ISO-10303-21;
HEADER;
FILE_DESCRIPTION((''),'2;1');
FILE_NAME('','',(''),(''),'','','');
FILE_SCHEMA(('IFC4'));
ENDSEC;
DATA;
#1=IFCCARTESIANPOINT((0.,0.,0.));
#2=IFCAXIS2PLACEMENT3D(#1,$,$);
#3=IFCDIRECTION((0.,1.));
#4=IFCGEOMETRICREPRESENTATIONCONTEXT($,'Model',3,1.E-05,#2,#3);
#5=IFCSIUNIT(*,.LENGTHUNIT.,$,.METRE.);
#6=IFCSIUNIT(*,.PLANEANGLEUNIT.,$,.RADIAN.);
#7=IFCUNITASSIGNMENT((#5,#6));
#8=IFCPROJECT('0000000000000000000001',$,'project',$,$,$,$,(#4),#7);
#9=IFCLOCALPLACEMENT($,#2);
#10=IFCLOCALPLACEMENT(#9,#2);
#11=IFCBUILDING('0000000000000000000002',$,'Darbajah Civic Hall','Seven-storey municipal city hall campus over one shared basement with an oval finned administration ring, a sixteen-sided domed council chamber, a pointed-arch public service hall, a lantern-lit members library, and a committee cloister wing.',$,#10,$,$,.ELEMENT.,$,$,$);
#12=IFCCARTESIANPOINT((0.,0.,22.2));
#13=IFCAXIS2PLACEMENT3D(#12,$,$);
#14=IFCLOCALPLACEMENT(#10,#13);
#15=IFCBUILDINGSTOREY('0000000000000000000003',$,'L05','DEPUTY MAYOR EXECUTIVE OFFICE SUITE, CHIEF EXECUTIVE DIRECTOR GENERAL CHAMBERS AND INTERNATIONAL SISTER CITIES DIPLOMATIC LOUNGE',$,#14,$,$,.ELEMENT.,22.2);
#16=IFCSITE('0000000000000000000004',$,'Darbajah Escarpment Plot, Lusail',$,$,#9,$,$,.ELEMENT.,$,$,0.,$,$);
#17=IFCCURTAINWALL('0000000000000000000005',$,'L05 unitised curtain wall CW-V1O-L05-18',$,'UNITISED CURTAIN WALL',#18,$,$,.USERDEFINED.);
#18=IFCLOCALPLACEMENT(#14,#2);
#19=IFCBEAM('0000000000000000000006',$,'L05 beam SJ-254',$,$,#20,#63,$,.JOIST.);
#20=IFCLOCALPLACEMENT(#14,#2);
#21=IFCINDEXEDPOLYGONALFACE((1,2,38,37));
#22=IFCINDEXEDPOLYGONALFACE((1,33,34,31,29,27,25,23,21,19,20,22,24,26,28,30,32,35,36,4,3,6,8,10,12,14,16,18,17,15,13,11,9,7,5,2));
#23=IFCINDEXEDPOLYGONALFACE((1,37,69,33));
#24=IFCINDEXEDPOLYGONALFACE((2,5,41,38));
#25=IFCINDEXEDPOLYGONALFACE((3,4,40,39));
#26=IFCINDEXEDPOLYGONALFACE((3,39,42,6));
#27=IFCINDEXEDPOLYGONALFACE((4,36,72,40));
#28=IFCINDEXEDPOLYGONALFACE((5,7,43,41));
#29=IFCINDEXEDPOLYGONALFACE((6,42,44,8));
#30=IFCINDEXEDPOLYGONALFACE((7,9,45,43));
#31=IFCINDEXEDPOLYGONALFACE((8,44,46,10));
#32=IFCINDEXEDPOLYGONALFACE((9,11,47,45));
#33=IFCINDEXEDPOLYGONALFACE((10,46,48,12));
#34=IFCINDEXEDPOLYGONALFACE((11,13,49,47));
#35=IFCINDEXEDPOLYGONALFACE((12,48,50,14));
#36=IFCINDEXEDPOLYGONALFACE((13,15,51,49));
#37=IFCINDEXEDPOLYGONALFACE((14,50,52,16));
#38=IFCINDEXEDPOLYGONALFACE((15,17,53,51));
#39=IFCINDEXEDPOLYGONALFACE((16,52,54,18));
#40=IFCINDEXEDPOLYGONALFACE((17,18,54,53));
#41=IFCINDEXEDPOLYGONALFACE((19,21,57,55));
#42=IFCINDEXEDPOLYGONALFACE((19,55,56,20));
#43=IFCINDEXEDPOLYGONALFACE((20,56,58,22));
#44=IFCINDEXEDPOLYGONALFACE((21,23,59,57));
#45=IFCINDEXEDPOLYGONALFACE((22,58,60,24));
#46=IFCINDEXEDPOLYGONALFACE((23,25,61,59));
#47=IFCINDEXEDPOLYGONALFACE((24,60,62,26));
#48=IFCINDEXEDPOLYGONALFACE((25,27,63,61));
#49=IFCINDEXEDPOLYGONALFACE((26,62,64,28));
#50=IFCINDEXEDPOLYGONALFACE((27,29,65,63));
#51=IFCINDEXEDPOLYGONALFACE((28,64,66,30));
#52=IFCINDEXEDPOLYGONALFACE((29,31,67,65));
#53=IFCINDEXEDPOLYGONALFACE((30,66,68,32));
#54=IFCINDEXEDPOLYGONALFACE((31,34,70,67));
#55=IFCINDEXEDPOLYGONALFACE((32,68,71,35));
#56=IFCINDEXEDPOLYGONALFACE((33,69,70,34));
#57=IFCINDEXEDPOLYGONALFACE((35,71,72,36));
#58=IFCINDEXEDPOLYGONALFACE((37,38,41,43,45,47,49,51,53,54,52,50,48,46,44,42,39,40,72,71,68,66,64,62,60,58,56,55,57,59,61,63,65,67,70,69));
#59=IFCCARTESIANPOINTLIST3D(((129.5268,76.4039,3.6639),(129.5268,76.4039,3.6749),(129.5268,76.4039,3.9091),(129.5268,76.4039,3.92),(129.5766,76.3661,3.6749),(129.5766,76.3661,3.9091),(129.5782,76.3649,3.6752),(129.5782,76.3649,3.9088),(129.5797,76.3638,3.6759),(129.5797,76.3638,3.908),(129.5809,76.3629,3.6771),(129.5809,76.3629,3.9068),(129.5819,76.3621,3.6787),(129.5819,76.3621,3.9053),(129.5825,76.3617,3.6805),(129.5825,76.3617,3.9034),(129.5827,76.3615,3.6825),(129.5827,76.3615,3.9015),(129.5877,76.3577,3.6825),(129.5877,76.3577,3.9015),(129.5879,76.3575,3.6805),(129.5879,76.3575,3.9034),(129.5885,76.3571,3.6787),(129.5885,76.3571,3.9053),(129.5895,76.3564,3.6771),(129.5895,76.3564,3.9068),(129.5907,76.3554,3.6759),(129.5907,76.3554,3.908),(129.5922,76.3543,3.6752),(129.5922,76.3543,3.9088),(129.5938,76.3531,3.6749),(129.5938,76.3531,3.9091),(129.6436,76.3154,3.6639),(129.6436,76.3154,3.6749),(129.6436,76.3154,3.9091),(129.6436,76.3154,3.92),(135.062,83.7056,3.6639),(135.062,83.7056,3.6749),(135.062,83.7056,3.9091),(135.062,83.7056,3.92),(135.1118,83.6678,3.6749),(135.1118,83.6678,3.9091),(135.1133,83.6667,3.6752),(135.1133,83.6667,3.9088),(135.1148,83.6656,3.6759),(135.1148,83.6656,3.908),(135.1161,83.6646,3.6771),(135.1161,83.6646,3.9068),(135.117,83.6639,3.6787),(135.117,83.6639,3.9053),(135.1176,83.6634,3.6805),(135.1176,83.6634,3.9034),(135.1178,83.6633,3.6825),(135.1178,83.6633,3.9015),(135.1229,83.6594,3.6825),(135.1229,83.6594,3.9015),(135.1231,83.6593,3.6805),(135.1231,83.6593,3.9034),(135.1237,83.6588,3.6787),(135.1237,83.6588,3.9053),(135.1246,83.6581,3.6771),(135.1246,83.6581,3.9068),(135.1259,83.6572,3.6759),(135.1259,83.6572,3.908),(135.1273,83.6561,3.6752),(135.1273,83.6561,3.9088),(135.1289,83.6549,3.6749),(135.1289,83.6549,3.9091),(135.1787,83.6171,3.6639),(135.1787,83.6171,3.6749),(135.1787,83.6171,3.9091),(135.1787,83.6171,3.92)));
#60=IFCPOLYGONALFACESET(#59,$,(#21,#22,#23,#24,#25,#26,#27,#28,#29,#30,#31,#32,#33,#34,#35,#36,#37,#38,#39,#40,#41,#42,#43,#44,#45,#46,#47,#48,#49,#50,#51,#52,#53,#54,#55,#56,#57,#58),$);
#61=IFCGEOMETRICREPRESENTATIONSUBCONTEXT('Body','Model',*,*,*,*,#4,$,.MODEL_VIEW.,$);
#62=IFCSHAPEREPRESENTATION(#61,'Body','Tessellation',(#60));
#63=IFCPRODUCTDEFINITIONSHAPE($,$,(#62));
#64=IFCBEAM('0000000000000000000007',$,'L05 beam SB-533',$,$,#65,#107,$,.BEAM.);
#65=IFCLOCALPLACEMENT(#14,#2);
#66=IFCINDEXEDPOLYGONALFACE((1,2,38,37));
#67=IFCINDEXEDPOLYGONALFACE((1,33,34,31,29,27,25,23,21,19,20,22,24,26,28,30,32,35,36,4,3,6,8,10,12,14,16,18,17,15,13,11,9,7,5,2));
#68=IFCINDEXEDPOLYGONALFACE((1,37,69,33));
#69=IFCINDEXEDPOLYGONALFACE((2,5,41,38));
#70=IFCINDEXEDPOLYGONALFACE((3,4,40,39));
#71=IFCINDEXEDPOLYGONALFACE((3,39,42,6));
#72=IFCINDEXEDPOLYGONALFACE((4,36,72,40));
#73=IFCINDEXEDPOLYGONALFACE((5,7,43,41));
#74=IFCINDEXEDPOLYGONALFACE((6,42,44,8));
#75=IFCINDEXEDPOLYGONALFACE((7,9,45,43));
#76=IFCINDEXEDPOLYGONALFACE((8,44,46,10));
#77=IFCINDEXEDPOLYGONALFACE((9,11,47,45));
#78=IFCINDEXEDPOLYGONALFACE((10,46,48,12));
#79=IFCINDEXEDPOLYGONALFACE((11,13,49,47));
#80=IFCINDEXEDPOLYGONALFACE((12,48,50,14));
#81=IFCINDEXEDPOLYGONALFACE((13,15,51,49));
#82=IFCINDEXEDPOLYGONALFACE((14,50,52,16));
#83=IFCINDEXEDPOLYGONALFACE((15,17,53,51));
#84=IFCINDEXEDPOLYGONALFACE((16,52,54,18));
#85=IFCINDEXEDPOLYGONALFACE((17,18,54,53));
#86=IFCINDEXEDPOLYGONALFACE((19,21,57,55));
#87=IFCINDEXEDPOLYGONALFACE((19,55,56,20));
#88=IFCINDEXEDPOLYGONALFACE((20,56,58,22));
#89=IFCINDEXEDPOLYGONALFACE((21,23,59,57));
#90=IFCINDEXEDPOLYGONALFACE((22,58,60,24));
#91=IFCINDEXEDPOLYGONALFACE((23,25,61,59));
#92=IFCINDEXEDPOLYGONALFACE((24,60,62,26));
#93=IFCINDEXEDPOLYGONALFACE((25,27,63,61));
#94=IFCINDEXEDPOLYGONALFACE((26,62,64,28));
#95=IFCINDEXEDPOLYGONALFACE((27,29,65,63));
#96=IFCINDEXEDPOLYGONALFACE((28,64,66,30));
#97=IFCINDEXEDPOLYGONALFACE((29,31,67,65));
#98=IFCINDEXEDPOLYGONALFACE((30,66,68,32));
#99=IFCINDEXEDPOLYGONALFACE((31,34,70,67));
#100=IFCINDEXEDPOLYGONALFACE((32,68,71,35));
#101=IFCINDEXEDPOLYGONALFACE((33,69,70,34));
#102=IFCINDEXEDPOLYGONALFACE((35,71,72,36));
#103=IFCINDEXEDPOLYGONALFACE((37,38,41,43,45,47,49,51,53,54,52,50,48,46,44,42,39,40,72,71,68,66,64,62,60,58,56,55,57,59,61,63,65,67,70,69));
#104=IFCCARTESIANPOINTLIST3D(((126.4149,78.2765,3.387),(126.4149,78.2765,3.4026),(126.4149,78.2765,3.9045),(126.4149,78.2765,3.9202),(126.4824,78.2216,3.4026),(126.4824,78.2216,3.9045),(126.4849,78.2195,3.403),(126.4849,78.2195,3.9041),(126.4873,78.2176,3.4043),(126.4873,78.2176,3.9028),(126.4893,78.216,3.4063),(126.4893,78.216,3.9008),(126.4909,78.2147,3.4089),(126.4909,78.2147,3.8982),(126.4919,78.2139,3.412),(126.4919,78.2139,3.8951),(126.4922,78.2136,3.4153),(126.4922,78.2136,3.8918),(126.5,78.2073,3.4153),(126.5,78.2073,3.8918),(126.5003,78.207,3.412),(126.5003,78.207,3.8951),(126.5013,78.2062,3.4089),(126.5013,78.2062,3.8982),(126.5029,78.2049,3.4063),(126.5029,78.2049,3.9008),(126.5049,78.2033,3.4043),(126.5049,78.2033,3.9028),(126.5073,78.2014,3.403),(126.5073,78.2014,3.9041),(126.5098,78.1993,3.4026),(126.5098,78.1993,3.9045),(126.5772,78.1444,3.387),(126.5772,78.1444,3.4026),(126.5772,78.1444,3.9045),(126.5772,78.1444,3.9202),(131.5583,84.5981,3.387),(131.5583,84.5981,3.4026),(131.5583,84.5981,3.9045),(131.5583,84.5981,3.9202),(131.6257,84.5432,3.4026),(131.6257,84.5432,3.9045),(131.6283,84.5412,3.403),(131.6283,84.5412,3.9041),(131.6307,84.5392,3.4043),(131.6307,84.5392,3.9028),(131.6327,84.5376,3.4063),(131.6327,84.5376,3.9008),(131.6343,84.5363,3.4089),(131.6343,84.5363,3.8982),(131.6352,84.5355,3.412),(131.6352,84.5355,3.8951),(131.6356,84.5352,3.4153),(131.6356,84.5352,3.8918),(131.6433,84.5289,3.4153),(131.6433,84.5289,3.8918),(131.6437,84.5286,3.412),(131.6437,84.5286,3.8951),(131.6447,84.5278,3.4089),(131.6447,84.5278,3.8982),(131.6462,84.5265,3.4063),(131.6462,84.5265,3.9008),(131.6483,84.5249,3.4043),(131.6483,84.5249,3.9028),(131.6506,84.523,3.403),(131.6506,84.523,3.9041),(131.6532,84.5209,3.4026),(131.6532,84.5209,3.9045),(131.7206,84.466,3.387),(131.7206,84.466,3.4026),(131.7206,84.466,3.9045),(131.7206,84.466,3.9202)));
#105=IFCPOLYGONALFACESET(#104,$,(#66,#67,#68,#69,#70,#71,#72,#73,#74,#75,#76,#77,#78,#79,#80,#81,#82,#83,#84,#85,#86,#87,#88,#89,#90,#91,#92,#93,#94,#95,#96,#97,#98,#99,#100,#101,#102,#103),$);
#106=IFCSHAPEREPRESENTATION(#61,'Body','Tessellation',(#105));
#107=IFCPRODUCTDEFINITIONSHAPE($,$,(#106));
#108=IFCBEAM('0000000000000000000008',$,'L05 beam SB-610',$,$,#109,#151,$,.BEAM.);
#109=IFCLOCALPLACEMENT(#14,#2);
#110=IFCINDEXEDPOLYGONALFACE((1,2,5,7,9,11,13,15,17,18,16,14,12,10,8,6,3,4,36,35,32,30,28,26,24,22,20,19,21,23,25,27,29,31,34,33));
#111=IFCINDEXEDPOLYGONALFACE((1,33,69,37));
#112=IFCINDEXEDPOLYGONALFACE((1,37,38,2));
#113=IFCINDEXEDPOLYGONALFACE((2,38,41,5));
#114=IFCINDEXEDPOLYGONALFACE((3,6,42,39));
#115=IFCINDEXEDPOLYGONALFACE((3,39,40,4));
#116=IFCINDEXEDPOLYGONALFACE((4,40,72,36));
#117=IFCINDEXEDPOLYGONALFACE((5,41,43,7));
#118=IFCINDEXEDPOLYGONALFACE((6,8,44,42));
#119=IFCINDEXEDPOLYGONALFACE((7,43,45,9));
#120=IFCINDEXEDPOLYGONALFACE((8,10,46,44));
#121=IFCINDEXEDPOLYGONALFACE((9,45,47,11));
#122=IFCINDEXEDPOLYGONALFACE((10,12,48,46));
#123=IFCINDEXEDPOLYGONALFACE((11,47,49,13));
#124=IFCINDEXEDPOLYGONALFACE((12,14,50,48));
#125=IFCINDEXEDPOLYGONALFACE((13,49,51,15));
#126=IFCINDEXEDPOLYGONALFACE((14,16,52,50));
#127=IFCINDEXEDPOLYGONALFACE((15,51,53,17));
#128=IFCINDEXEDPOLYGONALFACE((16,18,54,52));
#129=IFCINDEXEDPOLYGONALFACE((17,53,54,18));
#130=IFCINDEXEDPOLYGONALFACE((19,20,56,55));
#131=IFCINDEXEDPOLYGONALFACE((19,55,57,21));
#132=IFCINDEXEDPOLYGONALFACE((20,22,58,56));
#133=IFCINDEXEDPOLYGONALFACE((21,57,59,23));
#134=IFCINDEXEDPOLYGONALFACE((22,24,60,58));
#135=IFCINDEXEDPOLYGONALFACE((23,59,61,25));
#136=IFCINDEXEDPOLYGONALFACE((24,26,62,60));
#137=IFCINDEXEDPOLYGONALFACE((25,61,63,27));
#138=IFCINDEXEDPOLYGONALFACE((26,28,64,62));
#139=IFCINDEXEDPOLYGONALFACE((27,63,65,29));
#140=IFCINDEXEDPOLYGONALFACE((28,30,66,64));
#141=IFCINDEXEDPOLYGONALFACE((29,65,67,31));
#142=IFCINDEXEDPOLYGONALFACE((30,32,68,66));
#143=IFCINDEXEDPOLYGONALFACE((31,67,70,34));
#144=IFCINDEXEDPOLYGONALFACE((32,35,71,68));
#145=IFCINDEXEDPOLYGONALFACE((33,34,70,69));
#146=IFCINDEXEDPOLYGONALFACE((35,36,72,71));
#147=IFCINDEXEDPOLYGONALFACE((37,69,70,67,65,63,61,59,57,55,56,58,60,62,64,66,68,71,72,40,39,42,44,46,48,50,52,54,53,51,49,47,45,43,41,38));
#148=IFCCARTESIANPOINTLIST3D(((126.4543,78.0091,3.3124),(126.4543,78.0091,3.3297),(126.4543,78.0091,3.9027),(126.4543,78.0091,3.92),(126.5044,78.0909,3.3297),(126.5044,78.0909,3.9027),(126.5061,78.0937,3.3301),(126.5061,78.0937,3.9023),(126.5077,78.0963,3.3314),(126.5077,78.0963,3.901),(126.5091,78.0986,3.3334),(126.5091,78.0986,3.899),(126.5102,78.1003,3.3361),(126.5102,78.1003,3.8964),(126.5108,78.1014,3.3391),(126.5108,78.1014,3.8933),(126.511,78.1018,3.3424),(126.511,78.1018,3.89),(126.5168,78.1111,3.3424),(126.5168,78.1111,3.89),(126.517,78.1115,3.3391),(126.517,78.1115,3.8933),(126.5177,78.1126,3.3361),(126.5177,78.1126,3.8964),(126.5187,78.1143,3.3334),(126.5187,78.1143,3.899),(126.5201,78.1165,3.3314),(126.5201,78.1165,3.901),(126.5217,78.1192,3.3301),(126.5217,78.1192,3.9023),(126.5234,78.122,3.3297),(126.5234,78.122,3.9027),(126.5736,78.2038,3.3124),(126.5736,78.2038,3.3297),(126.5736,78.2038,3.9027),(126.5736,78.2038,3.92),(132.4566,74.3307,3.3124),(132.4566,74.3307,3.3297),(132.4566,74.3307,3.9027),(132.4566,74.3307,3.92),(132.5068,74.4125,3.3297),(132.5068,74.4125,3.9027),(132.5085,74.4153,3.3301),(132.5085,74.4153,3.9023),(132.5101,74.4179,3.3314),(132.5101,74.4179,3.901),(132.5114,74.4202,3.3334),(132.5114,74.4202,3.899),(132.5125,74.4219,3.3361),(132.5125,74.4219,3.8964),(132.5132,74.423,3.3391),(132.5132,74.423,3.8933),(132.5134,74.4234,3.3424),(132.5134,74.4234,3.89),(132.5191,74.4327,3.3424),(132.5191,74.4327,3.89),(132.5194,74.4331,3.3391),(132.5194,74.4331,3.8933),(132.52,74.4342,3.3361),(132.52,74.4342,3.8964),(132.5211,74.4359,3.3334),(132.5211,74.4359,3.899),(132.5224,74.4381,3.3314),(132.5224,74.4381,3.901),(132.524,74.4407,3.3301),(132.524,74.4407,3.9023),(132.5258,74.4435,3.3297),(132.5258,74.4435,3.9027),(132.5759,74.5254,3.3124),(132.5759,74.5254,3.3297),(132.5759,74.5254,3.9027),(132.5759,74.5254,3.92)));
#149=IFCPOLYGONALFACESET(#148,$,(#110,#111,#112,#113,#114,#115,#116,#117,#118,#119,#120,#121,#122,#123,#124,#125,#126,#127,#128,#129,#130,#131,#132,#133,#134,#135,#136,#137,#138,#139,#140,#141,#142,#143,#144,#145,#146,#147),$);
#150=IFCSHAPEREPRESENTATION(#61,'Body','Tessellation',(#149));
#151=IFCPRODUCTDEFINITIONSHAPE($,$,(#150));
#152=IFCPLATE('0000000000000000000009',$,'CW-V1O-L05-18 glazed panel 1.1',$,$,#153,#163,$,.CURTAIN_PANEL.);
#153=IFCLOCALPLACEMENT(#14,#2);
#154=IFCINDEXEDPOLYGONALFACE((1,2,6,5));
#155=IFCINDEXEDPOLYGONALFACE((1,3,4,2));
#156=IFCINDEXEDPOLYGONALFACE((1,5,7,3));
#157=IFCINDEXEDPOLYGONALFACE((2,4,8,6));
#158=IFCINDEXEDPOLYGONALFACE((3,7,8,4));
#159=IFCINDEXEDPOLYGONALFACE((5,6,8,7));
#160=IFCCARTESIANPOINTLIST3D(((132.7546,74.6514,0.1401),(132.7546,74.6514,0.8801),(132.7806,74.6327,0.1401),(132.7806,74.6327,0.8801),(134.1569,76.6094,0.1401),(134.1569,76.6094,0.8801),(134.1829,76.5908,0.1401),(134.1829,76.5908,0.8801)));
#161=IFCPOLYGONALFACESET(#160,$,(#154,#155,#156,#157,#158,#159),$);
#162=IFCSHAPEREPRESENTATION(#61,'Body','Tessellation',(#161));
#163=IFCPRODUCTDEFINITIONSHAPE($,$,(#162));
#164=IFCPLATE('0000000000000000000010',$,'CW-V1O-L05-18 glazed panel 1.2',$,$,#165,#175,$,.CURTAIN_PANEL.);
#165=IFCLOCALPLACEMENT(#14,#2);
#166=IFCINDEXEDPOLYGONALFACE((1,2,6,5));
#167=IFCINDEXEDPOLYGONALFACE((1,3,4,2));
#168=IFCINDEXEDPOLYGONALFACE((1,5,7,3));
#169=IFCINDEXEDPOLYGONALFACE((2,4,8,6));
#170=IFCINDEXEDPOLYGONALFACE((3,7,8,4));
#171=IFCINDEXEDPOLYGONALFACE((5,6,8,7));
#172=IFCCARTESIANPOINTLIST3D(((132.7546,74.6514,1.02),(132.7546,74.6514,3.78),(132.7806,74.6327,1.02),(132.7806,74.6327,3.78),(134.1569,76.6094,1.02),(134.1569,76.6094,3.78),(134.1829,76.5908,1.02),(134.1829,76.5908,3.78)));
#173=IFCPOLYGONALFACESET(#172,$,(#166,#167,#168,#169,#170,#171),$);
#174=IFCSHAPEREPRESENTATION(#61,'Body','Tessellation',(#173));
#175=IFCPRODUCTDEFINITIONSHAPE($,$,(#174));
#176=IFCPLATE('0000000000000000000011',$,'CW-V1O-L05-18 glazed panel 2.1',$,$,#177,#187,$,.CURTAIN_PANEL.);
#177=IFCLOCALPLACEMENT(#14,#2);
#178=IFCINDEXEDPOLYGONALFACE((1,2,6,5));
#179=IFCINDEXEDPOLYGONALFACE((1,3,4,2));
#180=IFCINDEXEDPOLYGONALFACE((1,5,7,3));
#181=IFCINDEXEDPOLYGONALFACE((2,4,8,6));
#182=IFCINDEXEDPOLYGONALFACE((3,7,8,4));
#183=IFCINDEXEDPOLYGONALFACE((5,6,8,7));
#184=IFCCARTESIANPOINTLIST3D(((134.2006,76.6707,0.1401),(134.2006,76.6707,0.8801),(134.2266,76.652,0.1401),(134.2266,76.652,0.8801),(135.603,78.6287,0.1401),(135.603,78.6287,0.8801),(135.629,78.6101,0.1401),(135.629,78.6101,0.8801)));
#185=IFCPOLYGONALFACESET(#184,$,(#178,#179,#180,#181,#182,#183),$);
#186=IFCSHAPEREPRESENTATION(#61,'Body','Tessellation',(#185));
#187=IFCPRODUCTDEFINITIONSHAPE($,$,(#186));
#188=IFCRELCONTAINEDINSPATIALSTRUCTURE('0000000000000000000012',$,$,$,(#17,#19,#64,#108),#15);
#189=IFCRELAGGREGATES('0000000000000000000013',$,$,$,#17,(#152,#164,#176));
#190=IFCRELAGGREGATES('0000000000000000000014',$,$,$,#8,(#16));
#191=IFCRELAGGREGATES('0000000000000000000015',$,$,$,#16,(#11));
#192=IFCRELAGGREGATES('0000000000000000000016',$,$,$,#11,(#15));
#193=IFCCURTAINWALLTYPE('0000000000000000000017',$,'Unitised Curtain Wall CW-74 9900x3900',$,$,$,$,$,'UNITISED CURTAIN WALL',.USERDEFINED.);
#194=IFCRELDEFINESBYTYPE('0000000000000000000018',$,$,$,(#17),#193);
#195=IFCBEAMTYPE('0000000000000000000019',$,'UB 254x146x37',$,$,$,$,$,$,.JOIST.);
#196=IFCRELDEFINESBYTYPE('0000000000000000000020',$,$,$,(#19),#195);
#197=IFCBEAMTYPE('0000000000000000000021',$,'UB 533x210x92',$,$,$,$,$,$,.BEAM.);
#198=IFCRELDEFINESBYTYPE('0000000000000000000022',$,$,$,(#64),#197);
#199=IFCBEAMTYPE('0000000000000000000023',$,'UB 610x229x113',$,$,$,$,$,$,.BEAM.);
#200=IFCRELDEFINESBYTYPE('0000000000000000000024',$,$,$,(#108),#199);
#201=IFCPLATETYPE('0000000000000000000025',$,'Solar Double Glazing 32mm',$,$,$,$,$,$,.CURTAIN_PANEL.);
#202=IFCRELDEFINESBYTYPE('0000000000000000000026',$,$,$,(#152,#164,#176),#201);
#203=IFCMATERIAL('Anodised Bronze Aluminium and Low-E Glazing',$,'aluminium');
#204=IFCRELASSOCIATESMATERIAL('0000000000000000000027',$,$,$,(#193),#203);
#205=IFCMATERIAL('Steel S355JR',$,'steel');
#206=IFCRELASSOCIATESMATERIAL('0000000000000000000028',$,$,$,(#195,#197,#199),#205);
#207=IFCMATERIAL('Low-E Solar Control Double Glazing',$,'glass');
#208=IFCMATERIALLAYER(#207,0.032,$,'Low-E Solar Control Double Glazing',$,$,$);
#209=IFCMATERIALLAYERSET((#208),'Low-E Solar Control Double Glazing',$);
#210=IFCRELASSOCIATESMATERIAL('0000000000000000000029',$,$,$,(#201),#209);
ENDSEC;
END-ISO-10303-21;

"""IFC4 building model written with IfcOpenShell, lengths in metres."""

from ifc_helpers import new_model, si_unit, direction, frame, origin, origin_2d, place, context, subcontext, project, spatial, rectangle, i_section, extrude, material, layer, layer_set, material_profile, profile_set, type_object, element, aggregate, save


model = new_model("IFC4")

# Units and contexts
model_context = context("Model", 3, precision=1e-05, world=origin(), true_north=direction((0.0, 1.0)))
body_context = subcontext(model_context, "Body", "Model", "MODEL_VIEW")
ifc_project = project(units=[si_unit("LENGTHUNIT", "METRE"), si_unit("PLANEANGLEUNIT", "RADIAN")], contexts=[model_context])

# Site, building, storey
site_placement = place(None, origin())
site = spatial("IfcSite", under=ifc_project, at=site_placement, Name="Darbajah Escarpment Plot, Lusail", CompositionType="ELEMENT", RefElevation=0.0)
building_placement = place(site_placement, origin())
building = spatial("IfcBuilding", under=site, at=building_placement, Name="Darbajah Civic Hall", Description="Seven-storey municipal city hall campus over one shared basement with an oval finned administration ring, a sixteen-sided domed council chamber, a pointed-arch public service hall, a lantern-lit members library, and a committee cloister wing.", CompositionType="ELEMENT")
storey_placement = place(building_placement, frame((0.0, 0.0, 22.2)))
storey = spatial("IfcBuildingStorey", under=building, at=storey_placement, Name="L05", Description="DEPUTY MAYOR EXECUTIVE OFFICE SUITE, CHIEF EXECUTIVE DIRECTOR GENERAL CHAMBERS AND INTERNATIONAL SISTER CITIES DIPLOMATIC LOUNGE", CompositionType="ELEMENT", Elevation=22.2)

# Shared definitions
ifc_material_1 = material(Name="Anodised Bronze Aluminium and Low-E Glazing", Category="aluminium")

# Curtain wall
curtain_wall_type_1 = type_object("IfcCurtainWallType", Name="Unitised Curtain Wall CW-74 9900x3900", ElementType="UNITISED CURTAIN WALL", PredefinedType="USERDEFINED", material=ifc_material_1)
curtain_wall_1_placement = place(storey_placement, origin())
curtain_wall_1 = element("IfcCurtainWall", 1, at=curtain_wall_1_placement, inside=storey, type_object=curtain_wall_type_1, Name="L05 unitised curtain wall CW-V1O-L05-18", ObjectType="UNITISED CURTAIN WALL", PredefinedType="USERDEFINED")

# Beams
ifc_material_2 = material(Name="Steel S355JR", Category="steel")
ifc_material_profile_1 = material_profile(ifc_material_2, i_section(OverallWidth=0.1465, OverallDepth=0.2561, WebThickness=0.0063, FlangeThickness=0.011, FilletRadius=0.0076, at=origin_2d()), Name="UB 254x146x37")
ifc_profile_set_1 = profile_set([ifc_material_profile_1], Name="Steel S355JR")
beam_type_1 = type_object("IfcBeamType", Name="UB 254x146x37", PredefinedType="JOIST", material=ifc_profile_set_1)
beam_1_placement = place(storey_placement, frame((129.5852, 76.3596, 3.792), z_axis=(0.604102, 0.796907, 0.0), x_axis=(-0.796907, 0.604102, 0.0)))
element("IfcBeam", 2, at=beam_1_placement, inside=storey, type_object=beam_type_1, Name="L05 beam SJ-254", PredefinedType="JOIST", context=body_context, shape_type="SweptSolid", body=[
    extrude(i_section(OverallWidth=0.1465, OverallDepth=0.2561, WebThickness=0.0063, FlangeThickness=0.011, FilletRadius=0.0076, at=origin_2d()), origin(), (0.0, 0.0, 1.0), 9.1626),
])
ifc_material_profile_2 = material_profile(ifc_material_2, i_section(OverallWidth=0.2092, OverallDepth=0.5332, WebThickness=0.01, FlangeThickness=0.0156, FilletRadius=0.0127, at=origin_2d()), Name="UB 533x210x92")
ifc_profile_set_2 = profile_set([ifc_material_profile_2], Name="Steel S355JR")
beam_type_2 = type_object("IfcBeamType", Name="UB 533x210x92", PredefinedType="BEAM", material=ifc_profile_set_2)
beam_2_placement = place(storey_placement, frame((126.4961, 78.2104, 3.6536), z_axis=(0.631115, 0.77569, 0.0), x_axis=(-0.77569, 0.631115, 0.0)))
element("IfcBeam", 3, at=beam_2_placement, inside=storey, type_object=beam_type_2, Name="L05 beam SB-533", PredefinedType="BEAM", context=body_context, shape_type="SweptSolid", body=[
    extrude(i_section(OverallWidth=0.2092, OverallDepth=0.5332, WebThickness=0.01, FlangeThickness=0.0156, FilletRadius=0.0127, at=origin_2d()), origin(), (0.0, 0.0, 1.0), 8.1497),
])
ifc_material_profile_3 = material_profile(ifc_material_2, i_section(OverallWidth=0.2283, OverallDepth=0.6077, WebThickness=0.011, FlangeThickness=0.0173, FilletRadius=0.0127, at=origin_2d()), Name="UB 610x229x113")
ifc_profile_set_3 = profile_set([ifc_material_profile_3], Name="Steel S355JR")
beam_type_3 = type_object("IfcBeamType", Name="UB 610x229x113", PredefinedType="BEAM", material=ifc_profile_set_3)
beam_3_placement = place(storey_placement, frame((126.5139, 78.1064, 3.6162), z_axis=(0.85263, -0.522516, 0.0), x_axis=(0.522516, 0.85263, 0.0)))
element("IfcBeam", 4, at=beam_3_placement, inside=storey, type_object=beam_type_3, Name="L05 beam SB-610", PredefinedType="BEAM", context=body_context, shape_type="SweptSolid", body=[
    extrude(i_section(OverallWidth=0.2283, OverallDepth=0.6077, WebThickness=0.011, FlangeThickness=0.0173, FilletRadius=0.0127, at=origin_2d()), origin(), (0.0, 0.0, 1.0), 7.0398),
])

# Plates
ifc_material_3 = material(Name="Low-E Solar Control Double Glazing", Category="glass")
ifc_layer_1 = layer(ifc_material_3, 0.032, Name="Low-E Solar Control Double Glazing")
ifc_layer_set_1 = layer_set([ifc_layer_1], Name="Low-E Solar Control Double Glazing")
plate_type = type_object("IfcPlateType", Name="Solar Double Glazing 32mm", PredefinedType="CURTAIN_PANEL", material=ifc_layer_set_1)
plate_1_placement = place(storey_placement, frame((133.4688, 75.6211, 0.1401), z_axis=(0.0, 0.0, 1.0), x_axis=(0.582265, 0.812999, 0.0)))
plate_1 = element("IfcPlate", 5, at=plate_1_placement, type_object=plate_type, Name="CW-V1O-L05-18 glazed panel 1.1", PredefinedType="CURTAIN_PANEL", context=body_context, shape_type="SweptSolid", body=[
    extrude(rectangle(XDim=2.4084, YDim=0.032, at=origin_2d()), origin(), (0.0, 0.0, 1.0), 0.74),
])
plate_2_placement = place(storey_placement, frame((133.4688, 75.6211, 1.02), z_axis=(0.0, 0.0, 1.0), x_axis=(0.582265, 0.812999, 0.0)))
plate_2 = element("IfcPlate", 6, at=plate_2_placement, type_object=plate_type, Name="CW-V1O-L05-18 glazed panel 1.2", PredefinedType="CURTAIN_PANEL", context=body_context, shape_type="SweptSolid", body=[
    extrude(rectangle(XDim=2.4084, YDim=0.032, at=origin_2d()), origin(), (0.0, 0.0, 1.0), 2.76),
])
plate_3_placement = place(storey_placement, frame((134.9148, 77.6404, 0.1401), z_axis=(0.0, 0.0, 1.0), x_axis=(0.582265, 0.812999, 0.0)))
plate_3 = element("IfcPlate", 7, at=plate_3_placement, type_object=plate_type, Name="CW-V1O-L05-18 glazed panel 2.1", PredefinedType="CURTAIN_PANEL", context=body_context, shape_type="SweptSolid", body=[
    extrude(rectangle(XDim=2.4084, YDim=0.032, at=origin_2d()), origin(), (0.0, 0.0, 1.0), 0.74),
])
aggregate(curtain_wall_1, [plate_1, plate_2, plate_3])

save(model, "model.ifc")
